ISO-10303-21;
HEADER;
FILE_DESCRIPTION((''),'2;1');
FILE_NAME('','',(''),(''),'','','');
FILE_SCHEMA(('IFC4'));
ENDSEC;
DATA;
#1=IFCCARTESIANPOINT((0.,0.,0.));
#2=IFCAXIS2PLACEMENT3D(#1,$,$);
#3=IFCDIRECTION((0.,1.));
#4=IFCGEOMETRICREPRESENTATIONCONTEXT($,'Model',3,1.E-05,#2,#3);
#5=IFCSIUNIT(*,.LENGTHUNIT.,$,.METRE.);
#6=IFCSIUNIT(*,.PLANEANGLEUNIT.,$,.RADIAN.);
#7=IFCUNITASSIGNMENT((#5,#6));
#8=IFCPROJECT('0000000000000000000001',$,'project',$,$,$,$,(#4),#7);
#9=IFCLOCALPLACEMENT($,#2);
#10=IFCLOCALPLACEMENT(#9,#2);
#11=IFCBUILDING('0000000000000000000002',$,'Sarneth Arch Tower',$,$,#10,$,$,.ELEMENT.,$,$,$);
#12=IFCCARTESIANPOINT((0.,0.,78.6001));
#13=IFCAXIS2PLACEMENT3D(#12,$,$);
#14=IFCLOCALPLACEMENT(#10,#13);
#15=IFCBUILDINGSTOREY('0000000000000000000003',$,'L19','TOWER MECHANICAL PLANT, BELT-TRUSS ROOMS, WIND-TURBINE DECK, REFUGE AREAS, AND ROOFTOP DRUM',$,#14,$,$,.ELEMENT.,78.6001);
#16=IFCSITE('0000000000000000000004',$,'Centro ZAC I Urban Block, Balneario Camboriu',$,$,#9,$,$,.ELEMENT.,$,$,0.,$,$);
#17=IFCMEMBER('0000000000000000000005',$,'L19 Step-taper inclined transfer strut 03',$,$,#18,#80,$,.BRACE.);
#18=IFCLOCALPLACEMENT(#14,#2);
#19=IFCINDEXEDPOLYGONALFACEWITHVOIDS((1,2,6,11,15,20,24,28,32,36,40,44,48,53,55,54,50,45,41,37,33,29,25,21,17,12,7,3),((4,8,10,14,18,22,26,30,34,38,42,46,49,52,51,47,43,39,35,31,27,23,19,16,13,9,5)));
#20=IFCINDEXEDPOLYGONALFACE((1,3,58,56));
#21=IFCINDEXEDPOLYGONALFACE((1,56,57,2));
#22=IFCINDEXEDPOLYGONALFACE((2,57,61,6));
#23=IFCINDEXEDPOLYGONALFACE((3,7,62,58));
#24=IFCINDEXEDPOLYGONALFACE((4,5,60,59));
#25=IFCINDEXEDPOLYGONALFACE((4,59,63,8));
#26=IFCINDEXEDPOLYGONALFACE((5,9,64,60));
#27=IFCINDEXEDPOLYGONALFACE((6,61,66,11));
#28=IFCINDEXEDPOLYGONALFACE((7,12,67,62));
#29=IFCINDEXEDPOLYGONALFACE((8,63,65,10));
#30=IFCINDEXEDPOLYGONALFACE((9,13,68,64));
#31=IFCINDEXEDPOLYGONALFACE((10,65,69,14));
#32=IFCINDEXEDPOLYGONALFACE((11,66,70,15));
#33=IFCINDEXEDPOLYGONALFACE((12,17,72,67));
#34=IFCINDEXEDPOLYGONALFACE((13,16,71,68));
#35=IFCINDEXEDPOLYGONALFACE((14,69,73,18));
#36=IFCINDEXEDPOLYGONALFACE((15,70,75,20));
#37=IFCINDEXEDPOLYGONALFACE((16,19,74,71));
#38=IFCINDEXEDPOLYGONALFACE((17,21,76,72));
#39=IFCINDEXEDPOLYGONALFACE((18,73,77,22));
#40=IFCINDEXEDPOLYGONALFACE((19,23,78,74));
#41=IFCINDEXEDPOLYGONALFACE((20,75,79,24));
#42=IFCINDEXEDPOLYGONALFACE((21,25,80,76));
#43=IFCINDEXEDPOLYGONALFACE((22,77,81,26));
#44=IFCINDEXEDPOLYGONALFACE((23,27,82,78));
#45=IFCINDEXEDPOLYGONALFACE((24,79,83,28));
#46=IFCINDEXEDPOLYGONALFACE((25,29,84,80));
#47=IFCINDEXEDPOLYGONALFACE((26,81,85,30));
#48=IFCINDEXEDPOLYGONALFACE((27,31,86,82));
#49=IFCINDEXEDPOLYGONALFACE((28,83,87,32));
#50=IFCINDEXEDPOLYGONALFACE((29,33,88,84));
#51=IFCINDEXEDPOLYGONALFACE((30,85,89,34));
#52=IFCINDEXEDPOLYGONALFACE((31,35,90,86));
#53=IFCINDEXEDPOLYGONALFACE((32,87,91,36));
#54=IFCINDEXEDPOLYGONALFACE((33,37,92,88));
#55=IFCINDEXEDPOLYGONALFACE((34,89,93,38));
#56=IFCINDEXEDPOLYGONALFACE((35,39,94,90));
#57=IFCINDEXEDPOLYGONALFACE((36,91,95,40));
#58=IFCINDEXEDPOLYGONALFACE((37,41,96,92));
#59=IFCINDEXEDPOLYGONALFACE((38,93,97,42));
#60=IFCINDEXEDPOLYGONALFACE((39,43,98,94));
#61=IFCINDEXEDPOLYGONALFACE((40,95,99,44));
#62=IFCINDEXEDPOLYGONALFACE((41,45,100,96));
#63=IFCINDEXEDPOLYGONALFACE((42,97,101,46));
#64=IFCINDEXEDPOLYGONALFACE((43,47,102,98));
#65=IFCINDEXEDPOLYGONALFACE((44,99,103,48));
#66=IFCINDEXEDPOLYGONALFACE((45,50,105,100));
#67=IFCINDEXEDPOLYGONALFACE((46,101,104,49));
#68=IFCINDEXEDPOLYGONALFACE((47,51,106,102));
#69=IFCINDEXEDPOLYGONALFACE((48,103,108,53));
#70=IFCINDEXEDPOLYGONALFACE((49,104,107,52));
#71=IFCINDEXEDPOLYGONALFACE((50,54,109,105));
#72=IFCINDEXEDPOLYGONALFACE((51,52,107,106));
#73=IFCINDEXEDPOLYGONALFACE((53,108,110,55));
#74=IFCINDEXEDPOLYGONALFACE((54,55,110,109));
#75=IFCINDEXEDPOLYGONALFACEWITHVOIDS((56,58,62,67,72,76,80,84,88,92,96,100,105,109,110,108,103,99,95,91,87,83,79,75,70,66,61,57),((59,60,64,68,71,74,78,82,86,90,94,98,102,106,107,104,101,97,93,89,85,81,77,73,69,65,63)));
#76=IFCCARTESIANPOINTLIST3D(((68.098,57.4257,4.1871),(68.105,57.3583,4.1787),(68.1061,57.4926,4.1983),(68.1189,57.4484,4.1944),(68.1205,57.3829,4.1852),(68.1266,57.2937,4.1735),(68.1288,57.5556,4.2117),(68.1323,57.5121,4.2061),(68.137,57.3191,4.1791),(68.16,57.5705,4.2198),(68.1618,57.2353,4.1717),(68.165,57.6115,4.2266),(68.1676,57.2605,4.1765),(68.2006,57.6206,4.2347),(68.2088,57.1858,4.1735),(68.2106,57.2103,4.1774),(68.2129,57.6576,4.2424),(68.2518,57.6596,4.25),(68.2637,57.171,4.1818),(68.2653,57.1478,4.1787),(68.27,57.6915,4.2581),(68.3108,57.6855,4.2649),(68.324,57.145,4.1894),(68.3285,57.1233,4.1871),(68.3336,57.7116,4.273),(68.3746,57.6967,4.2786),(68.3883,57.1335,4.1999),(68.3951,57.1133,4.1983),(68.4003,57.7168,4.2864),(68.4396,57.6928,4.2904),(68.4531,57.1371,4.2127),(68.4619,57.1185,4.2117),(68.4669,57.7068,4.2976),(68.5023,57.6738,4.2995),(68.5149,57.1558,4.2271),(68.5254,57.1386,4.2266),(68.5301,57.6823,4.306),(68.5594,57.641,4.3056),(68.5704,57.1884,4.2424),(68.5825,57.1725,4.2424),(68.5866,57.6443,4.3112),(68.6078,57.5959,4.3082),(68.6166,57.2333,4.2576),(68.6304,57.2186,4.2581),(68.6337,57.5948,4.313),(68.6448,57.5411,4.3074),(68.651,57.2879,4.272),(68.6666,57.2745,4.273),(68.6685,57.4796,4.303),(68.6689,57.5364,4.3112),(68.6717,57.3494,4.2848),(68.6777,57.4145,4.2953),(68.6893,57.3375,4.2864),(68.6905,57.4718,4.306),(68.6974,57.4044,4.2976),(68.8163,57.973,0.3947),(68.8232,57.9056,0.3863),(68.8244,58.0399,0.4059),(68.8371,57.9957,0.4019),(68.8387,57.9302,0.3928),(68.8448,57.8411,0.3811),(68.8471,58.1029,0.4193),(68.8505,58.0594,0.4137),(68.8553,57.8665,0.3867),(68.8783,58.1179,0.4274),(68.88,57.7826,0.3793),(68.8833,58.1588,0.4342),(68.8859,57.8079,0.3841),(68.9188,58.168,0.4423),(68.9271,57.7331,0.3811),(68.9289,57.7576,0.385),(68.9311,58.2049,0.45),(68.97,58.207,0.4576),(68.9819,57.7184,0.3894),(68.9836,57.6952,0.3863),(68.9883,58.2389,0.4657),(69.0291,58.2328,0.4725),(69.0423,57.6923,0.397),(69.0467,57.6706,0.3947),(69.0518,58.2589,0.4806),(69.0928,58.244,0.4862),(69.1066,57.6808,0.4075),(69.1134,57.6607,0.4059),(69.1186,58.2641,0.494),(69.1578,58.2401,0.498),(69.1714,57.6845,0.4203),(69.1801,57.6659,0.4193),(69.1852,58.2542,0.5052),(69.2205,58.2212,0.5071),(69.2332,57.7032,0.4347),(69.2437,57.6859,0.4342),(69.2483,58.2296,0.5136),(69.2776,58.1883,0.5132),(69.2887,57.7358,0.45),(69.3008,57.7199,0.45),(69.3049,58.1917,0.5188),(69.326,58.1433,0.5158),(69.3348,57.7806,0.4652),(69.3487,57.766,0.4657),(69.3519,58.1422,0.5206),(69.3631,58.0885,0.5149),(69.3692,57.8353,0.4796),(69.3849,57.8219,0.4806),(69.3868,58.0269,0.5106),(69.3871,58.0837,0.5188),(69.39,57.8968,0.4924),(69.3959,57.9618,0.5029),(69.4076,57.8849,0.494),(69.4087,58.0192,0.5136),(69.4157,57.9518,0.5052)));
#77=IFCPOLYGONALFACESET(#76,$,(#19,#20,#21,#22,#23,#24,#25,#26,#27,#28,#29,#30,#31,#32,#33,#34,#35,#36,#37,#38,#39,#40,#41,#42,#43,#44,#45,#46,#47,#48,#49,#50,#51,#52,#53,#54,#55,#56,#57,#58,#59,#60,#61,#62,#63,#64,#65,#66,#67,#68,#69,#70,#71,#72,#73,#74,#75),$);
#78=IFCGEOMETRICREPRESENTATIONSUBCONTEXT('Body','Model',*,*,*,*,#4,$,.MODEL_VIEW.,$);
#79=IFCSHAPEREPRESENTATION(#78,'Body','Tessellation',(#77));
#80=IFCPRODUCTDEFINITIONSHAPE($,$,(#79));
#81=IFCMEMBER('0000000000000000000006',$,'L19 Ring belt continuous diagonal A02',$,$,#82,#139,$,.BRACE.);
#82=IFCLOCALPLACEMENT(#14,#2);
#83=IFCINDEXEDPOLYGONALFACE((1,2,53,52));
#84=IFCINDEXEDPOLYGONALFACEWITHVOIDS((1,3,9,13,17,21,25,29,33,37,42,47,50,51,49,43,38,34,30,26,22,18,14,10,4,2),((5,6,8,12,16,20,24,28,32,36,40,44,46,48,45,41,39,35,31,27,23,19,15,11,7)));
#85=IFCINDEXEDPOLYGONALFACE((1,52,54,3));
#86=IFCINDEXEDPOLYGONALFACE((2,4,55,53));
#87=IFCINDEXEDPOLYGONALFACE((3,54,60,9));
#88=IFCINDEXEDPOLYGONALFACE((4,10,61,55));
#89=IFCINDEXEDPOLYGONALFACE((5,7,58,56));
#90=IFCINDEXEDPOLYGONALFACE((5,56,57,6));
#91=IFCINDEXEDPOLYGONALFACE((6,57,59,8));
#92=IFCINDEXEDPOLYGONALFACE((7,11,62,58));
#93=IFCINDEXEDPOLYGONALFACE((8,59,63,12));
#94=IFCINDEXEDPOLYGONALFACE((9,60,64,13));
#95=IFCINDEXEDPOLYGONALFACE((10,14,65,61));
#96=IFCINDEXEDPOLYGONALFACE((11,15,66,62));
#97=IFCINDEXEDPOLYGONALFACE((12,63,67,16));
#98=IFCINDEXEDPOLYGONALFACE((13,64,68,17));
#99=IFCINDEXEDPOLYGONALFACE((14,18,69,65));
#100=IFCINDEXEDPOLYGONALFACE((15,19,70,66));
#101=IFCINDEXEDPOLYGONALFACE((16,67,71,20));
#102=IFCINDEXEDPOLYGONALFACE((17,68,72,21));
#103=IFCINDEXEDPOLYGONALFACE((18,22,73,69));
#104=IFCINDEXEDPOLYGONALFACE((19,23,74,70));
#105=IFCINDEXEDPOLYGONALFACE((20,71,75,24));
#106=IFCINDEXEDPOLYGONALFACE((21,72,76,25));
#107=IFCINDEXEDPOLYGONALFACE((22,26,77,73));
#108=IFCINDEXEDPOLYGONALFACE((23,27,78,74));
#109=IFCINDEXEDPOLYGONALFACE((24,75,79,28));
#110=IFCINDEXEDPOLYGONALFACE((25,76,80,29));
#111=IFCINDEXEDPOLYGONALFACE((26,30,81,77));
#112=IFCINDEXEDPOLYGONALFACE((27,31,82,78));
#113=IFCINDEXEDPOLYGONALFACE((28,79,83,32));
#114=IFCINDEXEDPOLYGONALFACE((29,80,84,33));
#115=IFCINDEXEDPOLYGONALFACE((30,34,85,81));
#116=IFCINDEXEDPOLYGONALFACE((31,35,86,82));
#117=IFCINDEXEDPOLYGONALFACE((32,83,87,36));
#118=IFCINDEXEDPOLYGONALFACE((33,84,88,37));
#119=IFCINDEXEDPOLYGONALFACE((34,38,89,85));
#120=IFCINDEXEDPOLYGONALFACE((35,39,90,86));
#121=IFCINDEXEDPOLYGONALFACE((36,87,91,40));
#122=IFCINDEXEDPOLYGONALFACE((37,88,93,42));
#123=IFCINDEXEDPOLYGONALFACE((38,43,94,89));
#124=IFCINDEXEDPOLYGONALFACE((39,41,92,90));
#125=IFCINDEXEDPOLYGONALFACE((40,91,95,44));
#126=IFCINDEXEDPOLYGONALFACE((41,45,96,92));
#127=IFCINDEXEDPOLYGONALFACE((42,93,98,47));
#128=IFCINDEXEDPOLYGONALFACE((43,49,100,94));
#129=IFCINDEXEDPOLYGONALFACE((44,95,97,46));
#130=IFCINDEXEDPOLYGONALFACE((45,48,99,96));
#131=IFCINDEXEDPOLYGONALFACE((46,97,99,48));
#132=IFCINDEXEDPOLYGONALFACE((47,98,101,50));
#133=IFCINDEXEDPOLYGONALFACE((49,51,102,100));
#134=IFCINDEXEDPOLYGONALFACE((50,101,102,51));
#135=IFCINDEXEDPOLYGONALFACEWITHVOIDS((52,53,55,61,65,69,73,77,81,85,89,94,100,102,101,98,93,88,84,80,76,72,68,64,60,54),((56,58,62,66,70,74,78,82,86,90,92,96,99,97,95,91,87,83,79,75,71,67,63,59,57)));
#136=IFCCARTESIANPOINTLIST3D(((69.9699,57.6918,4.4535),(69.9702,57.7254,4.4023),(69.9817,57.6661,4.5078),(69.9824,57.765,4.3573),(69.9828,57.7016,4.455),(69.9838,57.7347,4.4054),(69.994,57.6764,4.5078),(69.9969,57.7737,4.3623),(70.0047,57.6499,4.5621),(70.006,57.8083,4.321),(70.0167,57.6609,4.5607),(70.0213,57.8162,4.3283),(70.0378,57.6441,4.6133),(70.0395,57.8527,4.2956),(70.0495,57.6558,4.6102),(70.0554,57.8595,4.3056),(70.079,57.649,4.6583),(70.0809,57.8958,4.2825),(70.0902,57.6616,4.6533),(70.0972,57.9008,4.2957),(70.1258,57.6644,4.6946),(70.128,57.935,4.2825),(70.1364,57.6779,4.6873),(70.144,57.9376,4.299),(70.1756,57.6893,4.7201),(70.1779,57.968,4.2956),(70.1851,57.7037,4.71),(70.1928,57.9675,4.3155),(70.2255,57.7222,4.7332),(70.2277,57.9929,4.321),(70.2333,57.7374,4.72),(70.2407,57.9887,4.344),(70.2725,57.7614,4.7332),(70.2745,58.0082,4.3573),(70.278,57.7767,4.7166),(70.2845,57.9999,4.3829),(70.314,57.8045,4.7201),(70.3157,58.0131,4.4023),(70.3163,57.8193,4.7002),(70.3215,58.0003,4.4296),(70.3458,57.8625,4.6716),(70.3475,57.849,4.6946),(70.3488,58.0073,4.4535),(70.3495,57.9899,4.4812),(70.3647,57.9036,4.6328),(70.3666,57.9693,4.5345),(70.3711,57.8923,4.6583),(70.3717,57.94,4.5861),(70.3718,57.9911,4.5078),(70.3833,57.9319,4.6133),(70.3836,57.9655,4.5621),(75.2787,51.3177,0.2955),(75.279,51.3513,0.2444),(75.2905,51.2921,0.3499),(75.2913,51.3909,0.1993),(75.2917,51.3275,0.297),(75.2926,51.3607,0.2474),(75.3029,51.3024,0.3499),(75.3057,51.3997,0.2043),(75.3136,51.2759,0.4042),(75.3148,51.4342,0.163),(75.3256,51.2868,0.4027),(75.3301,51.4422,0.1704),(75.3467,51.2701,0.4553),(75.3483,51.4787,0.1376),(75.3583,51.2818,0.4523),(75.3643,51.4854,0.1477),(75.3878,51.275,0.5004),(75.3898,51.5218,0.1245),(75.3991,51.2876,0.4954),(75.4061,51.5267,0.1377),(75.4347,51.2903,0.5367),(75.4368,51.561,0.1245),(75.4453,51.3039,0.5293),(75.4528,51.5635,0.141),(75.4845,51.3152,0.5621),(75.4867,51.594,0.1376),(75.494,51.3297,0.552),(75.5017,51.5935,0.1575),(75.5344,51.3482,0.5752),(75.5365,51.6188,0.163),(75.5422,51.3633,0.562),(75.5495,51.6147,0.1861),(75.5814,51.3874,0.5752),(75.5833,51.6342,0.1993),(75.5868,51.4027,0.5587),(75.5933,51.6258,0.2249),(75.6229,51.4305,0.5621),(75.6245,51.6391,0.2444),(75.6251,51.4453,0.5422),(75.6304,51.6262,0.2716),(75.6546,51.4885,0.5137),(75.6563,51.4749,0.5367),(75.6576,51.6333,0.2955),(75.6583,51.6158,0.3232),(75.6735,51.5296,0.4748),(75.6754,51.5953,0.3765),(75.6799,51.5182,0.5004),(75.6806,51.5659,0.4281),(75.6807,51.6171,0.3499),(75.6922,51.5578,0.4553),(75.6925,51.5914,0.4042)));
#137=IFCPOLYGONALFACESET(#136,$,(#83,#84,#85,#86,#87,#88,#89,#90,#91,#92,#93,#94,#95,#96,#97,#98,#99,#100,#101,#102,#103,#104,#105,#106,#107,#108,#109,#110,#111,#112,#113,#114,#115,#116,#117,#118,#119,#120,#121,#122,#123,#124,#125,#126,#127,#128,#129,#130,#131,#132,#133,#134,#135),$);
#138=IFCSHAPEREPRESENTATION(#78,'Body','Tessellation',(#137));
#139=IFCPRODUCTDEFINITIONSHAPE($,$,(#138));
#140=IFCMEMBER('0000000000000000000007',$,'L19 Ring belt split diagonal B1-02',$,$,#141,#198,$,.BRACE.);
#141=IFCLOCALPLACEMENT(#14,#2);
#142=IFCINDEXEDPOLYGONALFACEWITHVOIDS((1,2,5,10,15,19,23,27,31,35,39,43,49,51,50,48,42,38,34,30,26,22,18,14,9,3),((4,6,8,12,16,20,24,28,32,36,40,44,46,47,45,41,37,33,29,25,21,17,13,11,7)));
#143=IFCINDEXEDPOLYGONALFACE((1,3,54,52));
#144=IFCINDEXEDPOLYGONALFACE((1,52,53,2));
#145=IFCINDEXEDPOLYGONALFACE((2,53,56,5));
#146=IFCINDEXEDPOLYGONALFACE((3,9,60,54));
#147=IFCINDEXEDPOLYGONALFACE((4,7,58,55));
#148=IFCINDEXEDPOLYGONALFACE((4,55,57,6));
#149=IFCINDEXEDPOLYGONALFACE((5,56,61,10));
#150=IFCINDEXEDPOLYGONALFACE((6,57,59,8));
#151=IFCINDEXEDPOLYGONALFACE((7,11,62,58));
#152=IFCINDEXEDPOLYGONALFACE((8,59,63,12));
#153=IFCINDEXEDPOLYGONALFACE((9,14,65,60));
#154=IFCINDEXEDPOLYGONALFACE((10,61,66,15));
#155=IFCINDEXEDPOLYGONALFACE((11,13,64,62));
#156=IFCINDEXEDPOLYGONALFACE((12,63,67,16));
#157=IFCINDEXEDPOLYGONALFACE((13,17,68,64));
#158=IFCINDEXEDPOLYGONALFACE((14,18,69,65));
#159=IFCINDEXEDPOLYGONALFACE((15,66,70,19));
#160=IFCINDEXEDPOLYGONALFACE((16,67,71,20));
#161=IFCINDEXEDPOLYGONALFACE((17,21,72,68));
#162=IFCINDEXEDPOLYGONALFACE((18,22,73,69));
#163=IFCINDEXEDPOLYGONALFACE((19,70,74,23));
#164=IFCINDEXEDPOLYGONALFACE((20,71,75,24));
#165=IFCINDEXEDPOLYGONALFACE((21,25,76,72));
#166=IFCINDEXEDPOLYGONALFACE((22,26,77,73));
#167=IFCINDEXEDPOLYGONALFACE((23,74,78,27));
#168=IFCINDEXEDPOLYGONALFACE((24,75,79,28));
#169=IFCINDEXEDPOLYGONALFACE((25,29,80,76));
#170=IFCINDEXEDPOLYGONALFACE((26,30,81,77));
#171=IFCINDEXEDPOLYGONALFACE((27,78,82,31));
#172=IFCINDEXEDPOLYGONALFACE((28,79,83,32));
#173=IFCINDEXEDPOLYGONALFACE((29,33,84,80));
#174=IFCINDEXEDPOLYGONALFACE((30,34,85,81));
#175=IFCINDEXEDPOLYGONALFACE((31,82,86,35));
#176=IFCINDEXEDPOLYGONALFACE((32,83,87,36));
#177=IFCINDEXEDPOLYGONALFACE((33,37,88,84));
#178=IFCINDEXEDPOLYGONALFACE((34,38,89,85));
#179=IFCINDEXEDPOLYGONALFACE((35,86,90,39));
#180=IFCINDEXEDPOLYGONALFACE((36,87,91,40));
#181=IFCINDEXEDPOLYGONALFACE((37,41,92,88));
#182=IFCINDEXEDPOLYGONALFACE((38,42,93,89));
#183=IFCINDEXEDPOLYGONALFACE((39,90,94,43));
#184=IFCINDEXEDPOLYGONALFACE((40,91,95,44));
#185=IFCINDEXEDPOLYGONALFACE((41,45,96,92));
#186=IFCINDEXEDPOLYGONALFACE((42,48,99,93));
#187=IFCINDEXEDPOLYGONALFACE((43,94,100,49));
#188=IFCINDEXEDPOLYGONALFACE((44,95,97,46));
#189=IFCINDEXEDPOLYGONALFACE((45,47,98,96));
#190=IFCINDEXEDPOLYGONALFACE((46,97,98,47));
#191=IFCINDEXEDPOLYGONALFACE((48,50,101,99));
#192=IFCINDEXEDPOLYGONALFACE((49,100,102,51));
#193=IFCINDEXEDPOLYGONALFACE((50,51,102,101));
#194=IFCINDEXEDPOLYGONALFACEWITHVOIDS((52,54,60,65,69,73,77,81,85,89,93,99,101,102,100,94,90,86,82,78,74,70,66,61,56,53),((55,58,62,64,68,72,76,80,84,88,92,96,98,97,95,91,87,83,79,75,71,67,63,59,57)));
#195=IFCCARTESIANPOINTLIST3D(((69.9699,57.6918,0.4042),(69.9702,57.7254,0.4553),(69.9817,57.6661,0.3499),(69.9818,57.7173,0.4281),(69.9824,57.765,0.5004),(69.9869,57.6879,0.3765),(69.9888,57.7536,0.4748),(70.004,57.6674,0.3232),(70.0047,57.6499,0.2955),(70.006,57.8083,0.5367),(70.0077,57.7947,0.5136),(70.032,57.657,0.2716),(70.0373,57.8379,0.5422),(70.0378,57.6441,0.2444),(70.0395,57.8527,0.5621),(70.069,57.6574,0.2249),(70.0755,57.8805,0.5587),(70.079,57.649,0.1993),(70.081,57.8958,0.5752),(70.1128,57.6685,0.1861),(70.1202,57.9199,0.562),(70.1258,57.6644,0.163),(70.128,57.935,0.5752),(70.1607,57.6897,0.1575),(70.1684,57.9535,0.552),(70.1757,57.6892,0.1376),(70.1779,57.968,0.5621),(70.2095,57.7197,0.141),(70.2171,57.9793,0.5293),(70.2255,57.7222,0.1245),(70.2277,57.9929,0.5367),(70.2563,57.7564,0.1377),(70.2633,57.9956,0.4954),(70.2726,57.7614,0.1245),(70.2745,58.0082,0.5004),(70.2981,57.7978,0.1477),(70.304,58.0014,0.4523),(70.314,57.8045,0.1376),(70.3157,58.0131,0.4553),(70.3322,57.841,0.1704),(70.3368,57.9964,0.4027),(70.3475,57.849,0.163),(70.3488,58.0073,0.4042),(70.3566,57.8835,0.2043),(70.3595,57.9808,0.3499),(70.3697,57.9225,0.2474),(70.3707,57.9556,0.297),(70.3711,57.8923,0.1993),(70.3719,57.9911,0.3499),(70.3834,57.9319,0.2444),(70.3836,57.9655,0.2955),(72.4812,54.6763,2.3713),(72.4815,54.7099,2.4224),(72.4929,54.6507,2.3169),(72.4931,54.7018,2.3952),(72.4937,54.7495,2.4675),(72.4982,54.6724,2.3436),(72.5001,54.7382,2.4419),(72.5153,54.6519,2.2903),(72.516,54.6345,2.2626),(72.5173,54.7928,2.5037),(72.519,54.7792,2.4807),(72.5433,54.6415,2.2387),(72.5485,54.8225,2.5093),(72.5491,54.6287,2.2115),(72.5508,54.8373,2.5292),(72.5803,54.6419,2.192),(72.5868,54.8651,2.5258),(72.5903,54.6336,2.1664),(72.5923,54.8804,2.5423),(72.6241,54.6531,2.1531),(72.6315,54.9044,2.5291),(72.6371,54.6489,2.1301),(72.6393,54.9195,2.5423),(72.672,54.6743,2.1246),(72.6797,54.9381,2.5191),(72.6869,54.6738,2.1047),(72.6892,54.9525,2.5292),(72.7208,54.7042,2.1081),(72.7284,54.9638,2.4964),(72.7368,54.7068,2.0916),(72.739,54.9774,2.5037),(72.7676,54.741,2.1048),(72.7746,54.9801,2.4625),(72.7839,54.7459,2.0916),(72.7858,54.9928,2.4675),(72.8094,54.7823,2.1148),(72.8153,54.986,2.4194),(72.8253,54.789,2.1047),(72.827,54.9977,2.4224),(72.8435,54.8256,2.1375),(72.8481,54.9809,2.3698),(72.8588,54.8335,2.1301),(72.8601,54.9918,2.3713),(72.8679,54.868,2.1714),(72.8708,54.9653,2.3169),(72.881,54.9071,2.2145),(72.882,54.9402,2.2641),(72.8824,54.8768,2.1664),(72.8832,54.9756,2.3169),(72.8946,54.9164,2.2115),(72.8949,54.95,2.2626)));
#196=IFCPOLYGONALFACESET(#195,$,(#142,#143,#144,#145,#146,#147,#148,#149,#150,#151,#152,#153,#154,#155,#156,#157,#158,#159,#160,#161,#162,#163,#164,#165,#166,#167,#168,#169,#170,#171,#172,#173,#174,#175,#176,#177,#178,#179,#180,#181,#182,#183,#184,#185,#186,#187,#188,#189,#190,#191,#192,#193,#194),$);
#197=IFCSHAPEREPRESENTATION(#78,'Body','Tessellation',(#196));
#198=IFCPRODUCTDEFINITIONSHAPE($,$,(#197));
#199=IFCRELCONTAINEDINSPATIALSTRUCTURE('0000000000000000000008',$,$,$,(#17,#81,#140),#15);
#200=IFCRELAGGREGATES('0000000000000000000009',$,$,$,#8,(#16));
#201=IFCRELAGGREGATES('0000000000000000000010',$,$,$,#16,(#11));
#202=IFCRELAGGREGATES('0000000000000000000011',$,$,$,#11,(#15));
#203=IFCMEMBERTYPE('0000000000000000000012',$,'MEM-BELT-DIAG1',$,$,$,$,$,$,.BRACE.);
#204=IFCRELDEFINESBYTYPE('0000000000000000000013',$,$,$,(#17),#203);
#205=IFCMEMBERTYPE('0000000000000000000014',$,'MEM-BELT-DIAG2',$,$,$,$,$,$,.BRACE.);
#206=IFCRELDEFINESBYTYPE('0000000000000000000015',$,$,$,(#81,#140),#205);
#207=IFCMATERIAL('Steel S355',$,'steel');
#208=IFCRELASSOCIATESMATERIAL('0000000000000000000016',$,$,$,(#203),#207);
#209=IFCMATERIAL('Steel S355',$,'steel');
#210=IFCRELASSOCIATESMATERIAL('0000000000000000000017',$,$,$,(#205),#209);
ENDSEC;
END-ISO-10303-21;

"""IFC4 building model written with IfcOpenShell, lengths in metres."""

from ifc_helpers import new_model, si_unit, direction, frame, origin, origin_2d, place, context, subcontext, project, spatial, hollow_circle, extrude, material, material_profile, profile_set, type_object, element, save


model = new_model("IFC4")

# Units and contexts
model_context = context("Model", 3, precision=1e-05, world=origin(), true_north=direction((0.0, 1.0)))
body_context = subcontext(model_context, "Body", "Model", "MODEL_VIEW")
ifc_project = project(units=[si_unit("LENGTHUNIT", "METRE"), si_unit("PLANEANGLEUNIT", "RADIAN")], contexts=[model_context])

# Site, building, storey
site_placement = place(None, origin())
site = spatial("IfcSite", under=ifc_project, at=site_placement, Name="Centro ZAC I Urban Block, Balneario Camboriu", CompositionType="ELEMENT", RefElevation=0.0)
building_placement = place(site_placement, origin())
building = spatial("IfcBuilding", under=site, at=building_placement, Name="Sarneth Arch Tower", CompositionType="ELEMENT")
storey_placement = place(building_placement, frame((0.0, 0.0, 78.6001)))
storey = spatial("IfcBuildingStorey", under=building, at=storey_placement, Name="L19", Description="TOWER MECHANICAL PLANT, BELT-TRUSS ROOMS, WIND-TURBINE DECK, REFUGE AREAS, AND ROOFTOP DRUM", CompositionType="ELEMENT", Elevation=78.6001)

# Members
ifc_material_1 = material(Name="Steel S355", Category="steel")
ifc_material_profile_1 = material_profile(ifc_material_1, hollow_circle(Radius=0.3049, WallThickness=0.02, at=origin_2d()), Name="CHS610x20")
ifc_profile_set_1 = profile_set([ifc_material_profile_1], Name="Steel S355")
member_type_1 = type_object("IfcMemberType", Name="MEM-BELT-DIAG1", PredefinedType="BRACE", material=ifc_profile_set_1)
member_1_placement = place(storey_placement, frame((69.116, 57.9624, 0.45), z_axis=(-0.18424, -0.140403, 0.972801), x_axis=(0.606125, -0.79537, 0.0)))
element("IfcMember", 1, at=member_1_placement, inside=storey, type_object=member_type_1, Name="L19 Step-taper inclined transfer strut 03", PredefinedType="BRACE", context=body_context, shape_type="SweptSolid", body=[
    extrude(hollow_circle(Radius=0.3049, WallThickness=0.02, at=origin_2d()), origin(), (0.0, 0.0, 1.0), 3.8984),
])
ifc_material_2 = material(Name="Steel S355", Category="steel")
ifc_material_profile_2 = material_profile(ifc_material_2, hollow_circle(Radius=0.2539, WallThickness=0.0161, at=origin_2d()), Name="CHS508x16")
ifc_profile_set_2 = profile_set([ifc_material_profile_2], Name="Steel S355")
member_type_2 = type_object("IfcMemberType", Name="MEM-BELT-DIAG2", PredefinedType="BRACE", material=ifc_profile_set_2)
member_2_placement = place(storey_placement, frame((75.4856, 51.4546, 0.3499), z_axis=(-0.572132, 0.686927, 0.448102), x_axis=(-0.76839, -0.639982, 0.0)))
element("IfcMember", 2, at=member_2_placement, inside=storey, type_object=member_type_2, Name="L19 Ring belt continuous diagonal A02", PredefinedType="BRACE", context=body_context, shape_type="SweptSolid", body=[
    extrude(hollow_circle(Radius=0.2539, WallThickness=0.0161, at=origin_2d()), origin(), (0.0, 0.0, 1.0), 9.2791),
])
member_3_placement = place(storey_placement, frame((70.1768, 57.8286, 0.3499), z_axis=(0.572094, -0.686947, 0.44812), x_axis=(0.76842, 0.639946, 0.0)))
element("IfcMember", 3, at=member_3_placement, inside=storey, type_object=member_type_2, Name="L19 Ring belt split diagonal B1-02", PredefinedType="BRACE", context=body_context, shape_type="SweptSolid", body=[
    extrude(hollow_circle(Radius=0.2539, WallThickness=0.0161, at=origin_2d()), origin(), (0.0, 0.0, 1.0), 4.3896),
])

save(model, "model.ifc")
